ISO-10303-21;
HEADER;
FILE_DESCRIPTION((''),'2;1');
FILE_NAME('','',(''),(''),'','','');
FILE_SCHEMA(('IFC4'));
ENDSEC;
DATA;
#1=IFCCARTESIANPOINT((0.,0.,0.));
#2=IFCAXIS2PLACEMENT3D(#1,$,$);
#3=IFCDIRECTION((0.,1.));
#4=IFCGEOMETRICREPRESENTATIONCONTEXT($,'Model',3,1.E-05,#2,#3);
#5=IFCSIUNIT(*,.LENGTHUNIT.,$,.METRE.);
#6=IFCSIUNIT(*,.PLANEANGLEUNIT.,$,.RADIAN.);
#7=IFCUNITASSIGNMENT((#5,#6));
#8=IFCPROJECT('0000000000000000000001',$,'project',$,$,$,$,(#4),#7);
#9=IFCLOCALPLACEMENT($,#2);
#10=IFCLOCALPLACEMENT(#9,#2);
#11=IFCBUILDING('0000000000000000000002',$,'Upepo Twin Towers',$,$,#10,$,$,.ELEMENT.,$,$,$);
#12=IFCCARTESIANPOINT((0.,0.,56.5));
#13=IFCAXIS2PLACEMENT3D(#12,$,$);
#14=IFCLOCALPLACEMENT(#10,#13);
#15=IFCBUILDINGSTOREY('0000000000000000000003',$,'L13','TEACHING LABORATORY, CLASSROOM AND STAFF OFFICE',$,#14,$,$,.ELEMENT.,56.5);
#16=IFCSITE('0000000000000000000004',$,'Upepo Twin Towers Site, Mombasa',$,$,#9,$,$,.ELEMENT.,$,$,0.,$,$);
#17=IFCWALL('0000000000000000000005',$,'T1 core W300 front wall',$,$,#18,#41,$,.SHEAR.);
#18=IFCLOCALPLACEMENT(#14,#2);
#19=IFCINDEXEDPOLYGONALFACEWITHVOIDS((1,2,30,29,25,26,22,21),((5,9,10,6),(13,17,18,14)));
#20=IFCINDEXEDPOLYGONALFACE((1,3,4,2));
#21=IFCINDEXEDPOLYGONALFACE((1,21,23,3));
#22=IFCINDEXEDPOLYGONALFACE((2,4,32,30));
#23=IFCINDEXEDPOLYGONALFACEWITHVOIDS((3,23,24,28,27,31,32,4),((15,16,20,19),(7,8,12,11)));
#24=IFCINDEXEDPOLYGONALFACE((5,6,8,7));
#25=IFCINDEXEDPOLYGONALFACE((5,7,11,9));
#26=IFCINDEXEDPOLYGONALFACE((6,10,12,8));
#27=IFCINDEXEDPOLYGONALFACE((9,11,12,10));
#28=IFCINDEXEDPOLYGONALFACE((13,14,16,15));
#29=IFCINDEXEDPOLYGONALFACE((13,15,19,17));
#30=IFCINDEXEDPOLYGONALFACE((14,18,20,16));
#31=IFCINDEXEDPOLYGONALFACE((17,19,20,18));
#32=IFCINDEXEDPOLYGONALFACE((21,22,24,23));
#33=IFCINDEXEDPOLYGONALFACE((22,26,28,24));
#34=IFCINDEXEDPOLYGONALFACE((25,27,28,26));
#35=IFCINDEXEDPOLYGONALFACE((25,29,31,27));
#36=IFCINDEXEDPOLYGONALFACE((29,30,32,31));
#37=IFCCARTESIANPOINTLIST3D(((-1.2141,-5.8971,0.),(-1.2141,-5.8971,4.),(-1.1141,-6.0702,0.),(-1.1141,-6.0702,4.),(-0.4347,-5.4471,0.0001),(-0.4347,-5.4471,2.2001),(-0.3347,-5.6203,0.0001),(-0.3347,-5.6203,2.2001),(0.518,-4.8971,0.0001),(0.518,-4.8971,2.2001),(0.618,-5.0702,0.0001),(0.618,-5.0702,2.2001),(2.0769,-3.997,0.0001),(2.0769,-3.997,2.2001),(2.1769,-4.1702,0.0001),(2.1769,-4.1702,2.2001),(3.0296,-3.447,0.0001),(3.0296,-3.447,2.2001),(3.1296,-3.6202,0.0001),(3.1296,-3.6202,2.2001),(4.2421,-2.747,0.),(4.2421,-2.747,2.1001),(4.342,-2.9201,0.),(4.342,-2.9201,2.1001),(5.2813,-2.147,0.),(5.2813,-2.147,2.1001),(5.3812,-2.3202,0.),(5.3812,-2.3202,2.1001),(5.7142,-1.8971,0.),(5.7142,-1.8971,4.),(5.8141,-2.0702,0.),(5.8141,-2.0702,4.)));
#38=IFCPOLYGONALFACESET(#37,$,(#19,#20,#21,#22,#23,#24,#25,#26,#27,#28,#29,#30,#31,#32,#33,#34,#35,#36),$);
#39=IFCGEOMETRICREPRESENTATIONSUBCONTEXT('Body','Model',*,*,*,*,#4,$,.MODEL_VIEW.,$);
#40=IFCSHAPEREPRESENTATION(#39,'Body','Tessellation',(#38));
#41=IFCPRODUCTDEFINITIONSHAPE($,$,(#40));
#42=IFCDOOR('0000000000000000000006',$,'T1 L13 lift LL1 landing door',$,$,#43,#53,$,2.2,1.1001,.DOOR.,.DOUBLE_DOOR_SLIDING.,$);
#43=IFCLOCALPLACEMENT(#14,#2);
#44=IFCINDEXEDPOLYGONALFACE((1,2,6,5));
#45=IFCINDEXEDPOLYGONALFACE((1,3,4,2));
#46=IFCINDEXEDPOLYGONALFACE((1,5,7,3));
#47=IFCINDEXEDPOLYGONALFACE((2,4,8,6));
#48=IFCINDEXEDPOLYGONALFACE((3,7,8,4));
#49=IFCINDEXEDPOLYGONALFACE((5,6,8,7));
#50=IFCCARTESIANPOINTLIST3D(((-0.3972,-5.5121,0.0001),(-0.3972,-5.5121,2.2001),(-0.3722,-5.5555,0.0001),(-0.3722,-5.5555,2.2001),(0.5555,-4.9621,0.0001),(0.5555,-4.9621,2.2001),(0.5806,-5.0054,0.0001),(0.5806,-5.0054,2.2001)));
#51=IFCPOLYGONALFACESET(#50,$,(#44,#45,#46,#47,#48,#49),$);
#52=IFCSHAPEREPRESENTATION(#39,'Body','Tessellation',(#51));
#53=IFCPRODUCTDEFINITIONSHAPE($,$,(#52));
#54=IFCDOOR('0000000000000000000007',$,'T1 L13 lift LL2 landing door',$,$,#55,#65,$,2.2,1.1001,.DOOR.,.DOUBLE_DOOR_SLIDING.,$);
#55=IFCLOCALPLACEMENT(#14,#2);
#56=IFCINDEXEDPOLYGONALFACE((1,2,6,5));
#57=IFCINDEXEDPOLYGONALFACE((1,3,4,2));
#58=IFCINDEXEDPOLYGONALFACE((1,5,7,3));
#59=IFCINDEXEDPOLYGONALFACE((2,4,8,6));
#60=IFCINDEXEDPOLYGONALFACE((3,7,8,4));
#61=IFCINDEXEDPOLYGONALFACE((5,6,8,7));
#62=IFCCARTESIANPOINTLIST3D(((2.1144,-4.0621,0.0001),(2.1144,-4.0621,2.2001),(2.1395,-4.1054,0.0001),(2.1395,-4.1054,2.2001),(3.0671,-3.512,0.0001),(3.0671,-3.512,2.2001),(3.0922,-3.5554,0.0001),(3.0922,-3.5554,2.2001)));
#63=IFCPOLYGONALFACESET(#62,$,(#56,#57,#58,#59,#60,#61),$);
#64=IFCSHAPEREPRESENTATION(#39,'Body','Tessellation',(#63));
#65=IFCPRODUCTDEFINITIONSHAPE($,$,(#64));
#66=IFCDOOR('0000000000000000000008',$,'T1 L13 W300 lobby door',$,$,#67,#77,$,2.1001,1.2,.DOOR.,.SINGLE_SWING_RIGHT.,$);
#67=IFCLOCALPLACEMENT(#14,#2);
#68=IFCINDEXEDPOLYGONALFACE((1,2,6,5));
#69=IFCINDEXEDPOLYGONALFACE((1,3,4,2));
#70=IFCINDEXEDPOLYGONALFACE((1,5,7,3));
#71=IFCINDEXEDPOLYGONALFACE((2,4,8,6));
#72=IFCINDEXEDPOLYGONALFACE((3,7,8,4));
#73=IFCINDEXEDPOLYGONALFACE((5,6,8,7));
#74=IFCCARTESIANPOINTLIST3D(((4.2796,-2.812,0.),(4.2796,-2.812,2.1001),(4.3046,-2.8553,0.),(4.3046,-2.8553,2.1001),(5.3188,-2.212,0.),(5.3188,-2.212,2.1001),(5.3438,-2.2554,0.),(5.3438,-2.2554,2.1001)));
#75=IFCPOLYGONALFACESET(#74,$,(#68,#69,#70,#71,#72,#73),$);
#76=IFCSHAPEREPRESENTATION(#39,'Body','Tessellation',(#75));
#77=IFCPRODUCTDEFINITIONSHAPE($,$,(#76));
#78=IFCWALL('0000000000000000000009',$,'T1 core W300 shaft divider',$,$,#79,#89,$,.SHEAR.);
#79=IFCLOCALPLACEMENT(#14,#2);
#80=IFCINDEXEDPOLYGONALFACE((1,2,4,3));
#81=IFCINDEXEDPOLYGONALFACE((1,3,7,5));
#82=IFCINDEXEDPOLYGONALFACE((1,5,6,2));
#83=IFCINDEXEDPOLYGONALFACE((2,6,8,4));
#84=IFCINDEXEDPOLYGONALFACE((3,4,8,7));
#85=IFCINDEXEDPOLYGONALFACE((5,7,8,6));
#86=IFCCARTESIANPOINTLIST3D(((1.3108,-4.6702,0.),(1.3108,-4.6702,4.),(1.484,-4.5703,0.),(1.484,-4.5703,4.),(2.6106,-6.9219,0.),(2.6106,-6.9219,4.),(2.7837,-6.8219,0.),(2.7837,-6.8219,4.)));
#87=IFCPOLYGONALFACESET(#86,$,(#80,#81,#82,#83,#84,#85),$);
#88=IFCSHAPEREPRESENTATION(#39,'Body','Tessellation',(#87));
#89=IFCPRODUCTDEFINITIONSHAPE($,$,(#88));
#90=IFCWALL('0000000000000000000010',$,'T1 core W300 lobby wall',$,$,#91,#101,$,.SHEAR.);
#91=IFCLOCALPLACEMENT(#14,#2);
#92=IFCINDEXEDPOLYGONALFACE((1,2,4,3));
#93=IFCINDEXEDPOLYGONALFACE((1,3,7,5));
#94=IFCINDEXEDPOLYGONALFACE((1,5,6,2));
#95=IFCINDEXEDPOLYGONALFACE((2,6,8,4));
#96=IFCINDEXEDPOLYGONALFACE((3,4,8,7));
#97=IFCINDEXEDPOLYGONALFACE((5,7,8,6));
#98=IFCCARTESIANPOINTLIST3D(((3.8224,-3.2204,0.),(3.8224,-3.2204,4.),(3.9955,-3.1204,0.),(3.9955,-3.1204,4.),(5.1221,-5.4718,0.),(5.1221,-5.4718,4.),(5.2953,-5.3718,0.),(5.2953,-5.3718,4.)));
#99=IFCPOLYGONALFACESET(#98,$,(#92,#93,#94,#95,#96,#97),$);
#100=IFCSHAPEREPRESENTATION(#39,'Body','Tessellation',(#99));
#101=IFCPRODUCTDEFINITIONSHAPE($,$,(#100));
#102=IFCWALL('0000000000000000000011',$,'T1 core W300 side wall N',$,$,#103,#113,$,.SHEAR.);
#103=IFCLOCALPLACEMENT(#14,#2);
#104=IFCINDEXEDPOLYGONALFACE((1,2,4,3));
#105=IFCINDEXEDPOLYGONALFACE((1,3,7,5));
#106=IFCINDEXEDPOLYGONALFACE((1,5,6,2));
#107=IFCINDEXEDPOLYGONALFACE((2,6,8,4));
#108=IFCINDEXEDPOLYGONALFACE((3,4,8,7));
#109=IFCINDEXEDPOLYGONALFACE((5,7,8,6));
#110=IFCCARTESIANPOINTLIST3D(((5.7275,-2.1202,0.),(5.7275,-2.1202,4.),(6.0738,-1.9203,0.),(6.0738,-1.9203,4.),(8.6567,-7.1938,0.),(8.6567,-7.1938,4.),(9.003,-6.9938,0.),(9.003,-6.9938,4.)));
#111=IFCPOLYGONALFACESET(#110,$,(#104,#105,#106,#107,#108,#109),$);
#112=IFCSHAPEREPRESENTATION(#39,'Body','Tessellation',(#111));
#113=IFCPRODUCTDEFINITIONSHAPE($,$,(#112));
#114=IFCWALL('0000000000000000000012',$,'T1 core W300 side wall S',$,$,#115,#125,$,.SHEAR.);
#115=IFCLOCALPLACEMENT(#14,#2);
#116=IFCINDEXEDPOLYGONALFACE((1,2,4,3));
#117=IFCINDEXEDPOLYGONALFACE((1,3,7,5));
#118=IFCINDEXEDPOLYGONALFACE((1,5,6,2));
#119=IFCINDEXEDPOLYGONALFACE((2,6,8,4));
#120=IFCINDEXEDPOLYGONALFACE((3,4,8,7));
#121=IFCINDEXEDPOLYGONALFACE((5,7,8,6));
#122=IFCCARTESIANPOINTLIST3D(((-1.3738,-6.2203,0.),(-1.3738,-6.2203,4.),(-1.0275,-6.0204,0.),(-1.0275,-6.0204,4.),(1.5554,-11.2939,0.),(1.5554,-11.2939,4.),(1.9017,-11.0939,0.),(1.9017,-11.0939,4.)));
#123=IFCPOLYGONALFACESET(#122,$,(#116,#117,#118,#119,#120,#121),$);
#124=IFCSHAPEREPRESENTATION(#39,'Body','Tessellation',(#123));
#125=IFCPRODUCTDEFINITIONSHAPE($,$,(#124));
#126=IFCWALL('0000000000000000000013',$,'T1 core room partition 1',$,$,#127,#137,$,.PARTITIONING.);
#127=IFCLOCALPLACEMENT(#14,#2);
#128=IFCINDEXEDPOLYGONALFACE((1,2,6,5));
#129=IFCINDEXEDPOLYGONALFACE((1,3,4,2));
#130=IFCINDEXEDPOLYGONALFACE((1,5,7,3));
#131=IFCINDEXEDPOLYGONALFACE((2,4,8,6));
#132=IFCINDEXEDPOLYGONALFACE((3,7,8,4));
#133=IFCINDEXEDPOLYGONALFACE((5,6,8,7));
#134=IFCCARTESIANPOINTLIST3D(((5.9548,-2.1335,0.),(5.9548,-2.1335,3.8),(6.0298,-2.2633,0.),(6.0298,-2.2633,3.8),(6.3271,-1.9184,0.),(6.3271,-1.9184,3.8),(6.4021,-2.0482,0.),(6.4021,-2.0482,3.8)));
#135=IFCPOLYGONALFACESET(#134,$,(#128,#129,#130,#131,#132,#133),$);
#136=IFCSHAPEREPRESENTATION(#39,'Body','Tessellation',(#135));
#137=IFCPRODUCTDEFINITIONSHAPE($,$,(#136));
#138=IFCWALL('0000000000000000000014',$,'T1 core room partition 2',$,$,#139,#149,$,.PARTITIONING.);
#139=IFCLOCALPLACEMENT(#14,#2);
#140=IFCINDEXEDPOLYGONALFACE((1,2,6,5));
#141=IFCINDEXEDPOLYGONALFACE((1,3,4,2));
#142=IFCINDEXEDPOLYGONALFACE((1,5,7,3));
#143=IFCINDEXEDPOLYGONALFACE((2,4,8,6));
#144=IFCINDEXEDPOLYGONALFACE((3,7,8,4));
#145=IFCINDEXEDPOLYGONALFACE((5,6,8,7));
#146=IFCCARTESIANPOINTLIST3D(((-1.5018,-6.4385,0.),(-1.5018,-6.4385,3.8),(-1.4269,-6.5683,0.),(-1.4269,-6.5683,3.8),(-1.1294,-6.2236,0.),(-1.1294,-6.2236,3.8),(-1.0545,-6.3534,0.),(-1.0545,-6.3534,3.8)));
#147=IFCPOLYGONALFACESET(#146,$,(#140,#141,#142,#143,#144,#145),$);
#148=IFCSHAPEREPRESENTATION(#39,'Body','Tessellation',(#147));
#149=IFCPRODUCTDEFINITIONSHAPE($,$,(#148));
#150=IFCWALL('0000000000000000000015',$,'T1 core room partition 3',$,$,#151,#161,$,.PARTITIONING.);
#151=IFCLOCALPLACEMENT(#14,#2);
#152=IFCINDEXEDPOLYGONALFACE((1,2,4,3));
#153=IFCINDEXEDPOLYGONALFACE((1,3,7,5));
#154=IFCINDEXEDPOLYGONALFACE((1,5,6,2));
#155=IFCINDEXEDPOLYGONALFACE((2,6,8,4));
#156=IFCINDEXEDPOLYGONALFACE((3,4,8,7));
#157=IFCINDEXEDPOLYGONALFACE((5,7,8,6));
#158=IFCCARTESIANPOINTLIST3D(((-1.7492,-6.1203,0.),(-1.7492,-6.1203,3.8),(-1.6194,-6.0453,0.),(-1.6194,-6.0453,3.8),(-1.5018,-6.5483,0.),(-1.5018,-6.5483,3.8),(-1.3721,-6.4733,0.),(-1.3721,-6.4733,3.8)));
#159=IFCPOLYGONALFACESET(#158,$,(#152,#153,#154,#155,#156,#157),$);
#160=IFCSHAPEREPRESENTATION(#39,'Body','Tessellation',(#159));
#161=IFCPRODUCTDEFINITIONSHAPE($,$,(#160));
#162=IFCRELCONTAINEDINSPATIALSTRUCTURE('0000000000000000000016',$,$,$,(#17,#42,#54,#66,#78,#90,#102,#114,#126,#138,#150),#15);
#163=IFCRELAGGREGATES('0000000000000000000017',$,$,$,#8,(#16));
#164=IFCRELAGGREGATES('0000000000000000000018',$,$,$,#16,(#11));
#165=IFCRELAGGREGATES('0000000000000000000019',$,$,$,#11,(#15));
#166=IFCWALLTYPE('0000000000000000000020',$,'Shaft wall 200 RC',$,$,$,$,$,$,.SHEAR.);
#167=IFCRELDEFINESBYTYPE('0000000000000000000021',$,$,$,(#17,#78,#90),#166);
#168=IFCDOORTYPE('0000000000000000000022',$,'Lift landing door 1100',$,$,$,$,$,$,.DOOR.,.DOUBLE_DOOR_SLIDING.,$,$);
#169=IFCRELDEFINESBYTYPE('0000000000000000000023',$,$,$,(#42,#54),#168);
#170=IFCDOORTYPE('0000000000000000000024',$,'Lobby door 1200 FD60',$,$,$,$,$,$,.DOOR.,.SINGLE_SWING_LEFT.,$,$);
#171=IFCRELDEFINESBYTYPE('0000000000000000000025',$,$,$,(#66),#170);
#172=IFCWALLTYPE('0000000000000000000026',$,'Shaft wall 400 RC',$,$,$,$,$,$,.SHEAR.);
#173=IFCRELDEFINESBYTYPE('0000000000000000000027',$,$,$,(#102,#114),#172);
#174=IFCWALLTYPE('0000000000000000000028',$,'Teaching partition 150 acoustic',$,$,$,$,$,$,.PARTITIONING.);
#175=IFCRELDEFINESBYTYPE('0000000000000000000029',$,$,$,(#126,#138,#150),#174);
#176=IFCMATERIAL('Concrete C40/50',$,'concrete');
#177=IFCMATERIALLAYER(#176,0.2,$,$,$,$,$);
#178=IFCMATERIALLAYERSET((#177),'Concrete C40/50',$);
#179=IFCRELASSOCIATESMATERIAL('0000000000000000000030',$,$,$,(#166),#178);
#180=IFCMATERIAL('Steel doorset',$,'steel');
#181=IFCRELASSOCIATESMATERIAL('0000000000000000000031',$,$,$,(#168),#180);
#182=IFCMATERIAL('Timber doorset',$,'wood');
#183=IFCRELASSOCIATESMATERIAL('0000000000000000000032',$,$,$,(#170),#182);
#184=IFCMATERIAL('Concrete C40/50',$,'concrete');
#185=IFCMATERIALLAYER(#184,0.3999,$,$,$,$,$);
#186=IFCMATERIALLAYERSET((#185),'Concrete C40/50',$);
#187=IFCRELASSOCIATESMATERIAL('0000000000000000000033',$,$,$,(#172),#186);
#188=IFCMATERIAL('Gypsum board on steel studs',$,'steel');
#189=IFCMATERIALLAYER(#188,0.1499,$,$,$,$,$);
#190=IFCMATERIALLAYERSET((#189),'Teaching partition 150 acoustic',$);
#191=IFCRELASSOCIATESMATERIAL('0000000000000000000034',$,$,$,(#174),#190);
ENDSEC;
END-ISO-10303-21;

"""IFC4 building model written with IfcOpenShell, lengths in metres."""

from ifc_helpers import new_model, si_unit, direction, frame, frame_2d, origin, place, context, subcontext, project, spatial, rectangle, extrude, material, layer, layer_set, type_object, element, fill, save


model = new_model("IFC4")

# Units and contexts
model_context = context("Model", 3, precision=1e-05, world=origin(), true_north=direction((0.0, 1.0)))
body_context = subcontext(model_context, "Body", "Model", "MODEL_VIEW")
ifc_project = project(units=[si_unit("LENGTHUNIT", "METRE"), si_unit("PLANEANGLEUNIT", "RADIAN")], contexts=[model_context])

# Site, building, storey
site_placement = place(None, origin())
site = spatial("IfcSite", under=ifc_project, at=site_placement, Name="Upepo Twin Towers Site, Mombasa", CompositionType="ELEMENT", RefElevation=0.0)
building_placement = place(site_placement, origin())
building = spatial("IfcBuilding", under=site, at=building_placement, Name="Upepo Twin Towers", CompositionType="ELEMENT")
storey_placement = place(building_placement, frame((0.0, 0.0, 56.5)))
storey = spatial("IfcBuildingStorey", under=building, at=storey_placement, Name="L13", Description="TEACHING LABORATORY, CLASSROOM AND STAFF OFFICE", CompositionType="ELEMENT", Elevation=56.5)

# Wall, openings, doors
ifc_material_1 = material(Name="Concrete C40/50", Category="concrete")
ifc_layer_1 = layer(ifc_material_1, 0.2)
ifc_layer_set_1 = layer_set([ifc_layer_1], Name="Concrete C40/50")
wall_type_1 = type_object("IfcWallType", Name="Shaft wall 200 RC", PredefinedType="SHEAR", material=ifc_layer_set_1)
wall_1_placement = place(storey_placement, frame((-1.1641, -5.9836, 0.0), z_axis=(0.0, 0.0, 1.0), x_axis=(0.866026, 0.499999, 0.0)))
wall_1 = element("IfcWall", 1, at=wall_1_placement, inside=storey, type_object=wall_type_1, Name="T1 core W300 front wall", PredefinedType="SHEAR", context=body_context, shape_type="SweptSolid", body=[
    extrude(rectangle(XDim=8.0, YDim=0.2, at=frame_2d((4.0, 0.0))), origin(), (0.0, 0.0, 1.0), 4.0),
])
opening_1_placement = place(wall_1_placement, frame((6.3, 0.0, 0.0)))
opening_1 = element("IfcOpeningElement", 2, at=opening_1_placement, cuts=wall_1, PredefinedType="OPENING", context=body_context, shape_type="SweptSolid", body=[
    extrude(rectangle(XDim=1.2, YDim=2.1001, at=frame_2d((0.6001, 1.05))), frame((0.0, 0.1099, 0.0), z_axis=(0.0, -1.0, 0.0), x_axis=(1.0, 0.0, 0.0)), (0.0, 0.0, 1.0), 0.22),
])
opening_2_placement = place(wall_1_placement, frame((0.8999, 0.0, 0.0)))
opening_2 = element("IfcOpeningElement", 3, at=opening_2_placement, cuts=wall_1, PredefinedType="OPENING", context=body_context, shape_type="SweptSolid", body=[
    extrude(rectangle(XDim=1.1001, YDim=2.2, at=frame_2d((0.55, 1.1001))), frame((0.0, 0.1099, 0.0), z_axis=(0.0, -1.0, 0.0), x_axis=(1.0, 0.0, 0.0)), (0.0, 0.0, 1.0), 0.22),
])
opening_3_placement = place(wall_1_placement, frame((3.8, 0.0, 0.0)))
opening_3 = element("IfcOpeningElement", 4, at=opening_3_placement, cuts=wall_1, PredefinedType="OPENING", context=body_context, shape_type="SweptSolid", body=[
    extrude(rectangle(XDim=1.1001, YDim=2.2, at=frame_2d((0.55, 1.1001))), frame((0.0, 0.1099, 0.0), z_axis=(0.0, -1.0, 0.0), x_axis=(1.0, 0.0, 0.0)), (0.0, 0.0, 1.0), 0.22),
])
ifc_material_2 = material(Name="Steel doorset", Category="steel")
door_type_1 = type_object("IfcDoorType", Name="Lift landing door 1100", OperationType="DOUBLE_DOOR_SLIDING", PredefinedType="DOOR", material=ifc_material_2)
door_1_placement = place(opening_2_placement, origin())
door_1 = element("IfcDoor", 5, at=door_1_placement, inside=storey, type_object=door_type_1, Name="T1 L13 lift LL1 landing door", OperationType="DOUBLE_DOOR_SLIDING", OverallHeight=2.2, OverallWidth=1.1001, PredefinedType="DOOR", context=body_context, shape_type="SweptSolid", body=[
    extrude(rectangle(XDim=1.1001, YDim=2.2, at=frame_2d((0.55, 1.1001))), frame((0.0, 0.0249, 0.0), z_axis=(0.0, -1.0, 0.0), x_axis=(1.0, 0.0, 0.0)), (0.0, 0.0, 1.0), 0.05),
])
fill(opening_2, door_1)
door_2_placement = place(opening_3_placement, origin())
door_2 = element("IfcDoor", 6, at=door_2_placement, inside=storey, type_object=door_type_1, Name="T1 L13 lift LL2 landing door", OperationType="DOUBLE_DOOR_SLIDING", OverallHeight=2.2, OverallWidth=1.1001, PredefinedType="DOOR", context=body_context, shape_type="SweptSolid", body=[
    extrude(rectangle(XDim=1.1001, YDim=2.2, at=frame_2d((0.55, 1.1001))), frame((0.0, 0.0249, 0.0), z_axis=(0.0, -1.0, 0.0), x_axis=(1.0, 0.0, 0.0)), (0.0, 0.0, 1.0), 0.05),
])
fill(opening_3, door_2)
ifc_material_3 = material(Name="Timber doorset", Category="wood")
door_type_2 = type_object("IfcDoorType", Name="Lobby door 1200 FD60", OperationType="SINGLE_SWING_LEFT", PredefinedType="DOOR", material=ifc_material_3)
door_3_placement = place(opening_1_placement, origin())
door_3 = element("IfcDoor", 7, at=door_3_placement, inside=storey, type_object=door_type_2, Name="T1 L13 W300 lobby door", OperationType="SINGLE_SWING_RIGHT", OverallHeight=2.1001, OverallWidth=1.2, PredefinedType="DOOR", context=body_context, shape_type="SweptSolid", body=[
    extrude(rectangle(XDim=1.2, YDim=2.1001, at=frame_2d((0.6001, 1.05))), frame((0.0, 0.0249, 0.0), z_axis=(0.0, -1.0, 0.0), x_axis=(1.0, 0.0, 0.0)), (0.0, 0.0, 1.0), 0.05),
])
fill(opening_1, door_3)

# Walls
wall_2_placement = place(storey_placement, frame((1.3975, -4.6204, 0.0), z_axis=(0.0, 0.0, 1.0), x_axis=(0.499937, -0.866062, 0.0)))
element("IfcWall", 8, at=wall_2_placement, inside=storey, type_object=wall_type_1, Name="T1 core W300 shaft divider", PredefinedType="SHEAR", context=body_context, shape_type="SweptSolid", body=[
    extrude(rectangle(XDim=2.5999, YDim=0.2, at=frame_2d((1.2998, 0.0))), origin(), (0.0, 0.0, 1.0), 4.0),
])
wall_3_placement = place(storey_placement, frame((3.9089, -3.1704, 0.0), z_axis=(0.0, 0.0, 1.0), x_axis=(0.499977, -0.866039, 0.0)))
element("IfcWall", 9, at=wall_3_placement, inside=storey, type_object=wall_type_1, Name="T1 core W300 lobby wall", PredefinedType="SHEAR", context=body_context, shape_type="SweptSolid", body=[
    extrude(rectangle(XDim=2.5996, YDim=0.2, at=frame_2d((1.2998, 0.0))), origin(), (0.0, 0.0, 1.0), 4.0),
])
ifc_material_4 = material(Name="Concrete C40/50", Category="concrete")
ifc_layer_2 = layer(ifc_material_4, 0.3999)
ifc_layer_set_2 = layer_set([ifc_layer_2], Name="Concrete C40/50")
wall_type_2 = type_object("IfcWallType", Name="Shaft wall 400 RC", PredefinedType="SHEAR", material=ifc_layer_set_2)
for number, where, z_axis, x_axis, name in (
    (10, (5.9006, -2.0203, 0.0), (0.0, 0.0, 1.0), (0.500003, -0.866024, 0.0), "T1 core W300 side wall N"),
    (11, (-1.2007, -6.1204, 0.0), (0.0, 0.0, 1.0), (0.500003, -0.866024, 0.0), "T1 core W300 side wall S"),
):
    element("IfcWall", number, at=place(storey_placement, frame(where, z_axis=z_axis, x_axis=x_axis)), inside=storey, type_object=wall_type_2, Name=name, PredefinedType="SHEAR", context=body_context, shape_type="SweptSolid", body=[
        extrude(rectangle(XDim=5.8584, YDim=0.3999, at=frame_2d((2.9292, 0.0))), origin(), (0.0, 0.0, 1.0), 4.0),
    ])
ifc_material_5 = material(Name="Gypsum board on steel studs", Category="steel")
ifc_layer_3 = layer(ifc_material_5, 0.1499)
ifc_layer_set_3 = layer_set([ifc_layer_3], Name="Teaching partition 150 acoustic")
wall_type_3 = type_object("IfcWallType", Name="Teaching partition 150 acoustic", PredefinedType="PARTITIONING", material=ifc_layer_set_3)
for number, where, z_axis, x_axis, name in (
    (12, (6.3645, -1.9834, 0.0), (0.0, 0.0, 1.0), (-0.865892, -0.50023, 0.0), "T1 core room partition 1"),
    (13, (-1.092, -6.2886, 0.0), (0.0, 0.0, 1.0), (-0.866138, -0.499804, 0.0), "T1 core room partition 2"),
):
    element("IfcWall", number, at=place(storey_placement, frame(where, z_axis=z_axis, x_axis=x_axis)), inside=storey, type_object=wall_type_3, Name=name, PredefinedType="PARTITIONING", context=body_context, shape_type="SweptSolid", body=[
        extrude(rectangle(XDim=0.4299, YDim=0.1499, at=frame_2d((0.2148, 0.0))), origin(), (0.0, 0.0, 1.0), 3.8),
    ])
wall_4_placement = place(storey_placement, frame((-1.437, -6.5107, 0.0), z_axis=(0.0, 0.0, 1.0), x_axis=(-0.500335, 0.865832, 0.0)))
element("IfcWall", 14, at=wall_4_placement, inside=storey, type_object=wall_type_3, Name="T1 core room partition 3", PredefinedType="PARTITIONING", context=body_context, shape_type="SweptSolid", body=[
    extrude(rectangle(XDim=0.4944, YDim=0.1499, at=frame_2d((0.2471, 0.0))), origin(), (0.0, 0.0, 1.0), 3.8),
])

save(model, "model.ifc")
